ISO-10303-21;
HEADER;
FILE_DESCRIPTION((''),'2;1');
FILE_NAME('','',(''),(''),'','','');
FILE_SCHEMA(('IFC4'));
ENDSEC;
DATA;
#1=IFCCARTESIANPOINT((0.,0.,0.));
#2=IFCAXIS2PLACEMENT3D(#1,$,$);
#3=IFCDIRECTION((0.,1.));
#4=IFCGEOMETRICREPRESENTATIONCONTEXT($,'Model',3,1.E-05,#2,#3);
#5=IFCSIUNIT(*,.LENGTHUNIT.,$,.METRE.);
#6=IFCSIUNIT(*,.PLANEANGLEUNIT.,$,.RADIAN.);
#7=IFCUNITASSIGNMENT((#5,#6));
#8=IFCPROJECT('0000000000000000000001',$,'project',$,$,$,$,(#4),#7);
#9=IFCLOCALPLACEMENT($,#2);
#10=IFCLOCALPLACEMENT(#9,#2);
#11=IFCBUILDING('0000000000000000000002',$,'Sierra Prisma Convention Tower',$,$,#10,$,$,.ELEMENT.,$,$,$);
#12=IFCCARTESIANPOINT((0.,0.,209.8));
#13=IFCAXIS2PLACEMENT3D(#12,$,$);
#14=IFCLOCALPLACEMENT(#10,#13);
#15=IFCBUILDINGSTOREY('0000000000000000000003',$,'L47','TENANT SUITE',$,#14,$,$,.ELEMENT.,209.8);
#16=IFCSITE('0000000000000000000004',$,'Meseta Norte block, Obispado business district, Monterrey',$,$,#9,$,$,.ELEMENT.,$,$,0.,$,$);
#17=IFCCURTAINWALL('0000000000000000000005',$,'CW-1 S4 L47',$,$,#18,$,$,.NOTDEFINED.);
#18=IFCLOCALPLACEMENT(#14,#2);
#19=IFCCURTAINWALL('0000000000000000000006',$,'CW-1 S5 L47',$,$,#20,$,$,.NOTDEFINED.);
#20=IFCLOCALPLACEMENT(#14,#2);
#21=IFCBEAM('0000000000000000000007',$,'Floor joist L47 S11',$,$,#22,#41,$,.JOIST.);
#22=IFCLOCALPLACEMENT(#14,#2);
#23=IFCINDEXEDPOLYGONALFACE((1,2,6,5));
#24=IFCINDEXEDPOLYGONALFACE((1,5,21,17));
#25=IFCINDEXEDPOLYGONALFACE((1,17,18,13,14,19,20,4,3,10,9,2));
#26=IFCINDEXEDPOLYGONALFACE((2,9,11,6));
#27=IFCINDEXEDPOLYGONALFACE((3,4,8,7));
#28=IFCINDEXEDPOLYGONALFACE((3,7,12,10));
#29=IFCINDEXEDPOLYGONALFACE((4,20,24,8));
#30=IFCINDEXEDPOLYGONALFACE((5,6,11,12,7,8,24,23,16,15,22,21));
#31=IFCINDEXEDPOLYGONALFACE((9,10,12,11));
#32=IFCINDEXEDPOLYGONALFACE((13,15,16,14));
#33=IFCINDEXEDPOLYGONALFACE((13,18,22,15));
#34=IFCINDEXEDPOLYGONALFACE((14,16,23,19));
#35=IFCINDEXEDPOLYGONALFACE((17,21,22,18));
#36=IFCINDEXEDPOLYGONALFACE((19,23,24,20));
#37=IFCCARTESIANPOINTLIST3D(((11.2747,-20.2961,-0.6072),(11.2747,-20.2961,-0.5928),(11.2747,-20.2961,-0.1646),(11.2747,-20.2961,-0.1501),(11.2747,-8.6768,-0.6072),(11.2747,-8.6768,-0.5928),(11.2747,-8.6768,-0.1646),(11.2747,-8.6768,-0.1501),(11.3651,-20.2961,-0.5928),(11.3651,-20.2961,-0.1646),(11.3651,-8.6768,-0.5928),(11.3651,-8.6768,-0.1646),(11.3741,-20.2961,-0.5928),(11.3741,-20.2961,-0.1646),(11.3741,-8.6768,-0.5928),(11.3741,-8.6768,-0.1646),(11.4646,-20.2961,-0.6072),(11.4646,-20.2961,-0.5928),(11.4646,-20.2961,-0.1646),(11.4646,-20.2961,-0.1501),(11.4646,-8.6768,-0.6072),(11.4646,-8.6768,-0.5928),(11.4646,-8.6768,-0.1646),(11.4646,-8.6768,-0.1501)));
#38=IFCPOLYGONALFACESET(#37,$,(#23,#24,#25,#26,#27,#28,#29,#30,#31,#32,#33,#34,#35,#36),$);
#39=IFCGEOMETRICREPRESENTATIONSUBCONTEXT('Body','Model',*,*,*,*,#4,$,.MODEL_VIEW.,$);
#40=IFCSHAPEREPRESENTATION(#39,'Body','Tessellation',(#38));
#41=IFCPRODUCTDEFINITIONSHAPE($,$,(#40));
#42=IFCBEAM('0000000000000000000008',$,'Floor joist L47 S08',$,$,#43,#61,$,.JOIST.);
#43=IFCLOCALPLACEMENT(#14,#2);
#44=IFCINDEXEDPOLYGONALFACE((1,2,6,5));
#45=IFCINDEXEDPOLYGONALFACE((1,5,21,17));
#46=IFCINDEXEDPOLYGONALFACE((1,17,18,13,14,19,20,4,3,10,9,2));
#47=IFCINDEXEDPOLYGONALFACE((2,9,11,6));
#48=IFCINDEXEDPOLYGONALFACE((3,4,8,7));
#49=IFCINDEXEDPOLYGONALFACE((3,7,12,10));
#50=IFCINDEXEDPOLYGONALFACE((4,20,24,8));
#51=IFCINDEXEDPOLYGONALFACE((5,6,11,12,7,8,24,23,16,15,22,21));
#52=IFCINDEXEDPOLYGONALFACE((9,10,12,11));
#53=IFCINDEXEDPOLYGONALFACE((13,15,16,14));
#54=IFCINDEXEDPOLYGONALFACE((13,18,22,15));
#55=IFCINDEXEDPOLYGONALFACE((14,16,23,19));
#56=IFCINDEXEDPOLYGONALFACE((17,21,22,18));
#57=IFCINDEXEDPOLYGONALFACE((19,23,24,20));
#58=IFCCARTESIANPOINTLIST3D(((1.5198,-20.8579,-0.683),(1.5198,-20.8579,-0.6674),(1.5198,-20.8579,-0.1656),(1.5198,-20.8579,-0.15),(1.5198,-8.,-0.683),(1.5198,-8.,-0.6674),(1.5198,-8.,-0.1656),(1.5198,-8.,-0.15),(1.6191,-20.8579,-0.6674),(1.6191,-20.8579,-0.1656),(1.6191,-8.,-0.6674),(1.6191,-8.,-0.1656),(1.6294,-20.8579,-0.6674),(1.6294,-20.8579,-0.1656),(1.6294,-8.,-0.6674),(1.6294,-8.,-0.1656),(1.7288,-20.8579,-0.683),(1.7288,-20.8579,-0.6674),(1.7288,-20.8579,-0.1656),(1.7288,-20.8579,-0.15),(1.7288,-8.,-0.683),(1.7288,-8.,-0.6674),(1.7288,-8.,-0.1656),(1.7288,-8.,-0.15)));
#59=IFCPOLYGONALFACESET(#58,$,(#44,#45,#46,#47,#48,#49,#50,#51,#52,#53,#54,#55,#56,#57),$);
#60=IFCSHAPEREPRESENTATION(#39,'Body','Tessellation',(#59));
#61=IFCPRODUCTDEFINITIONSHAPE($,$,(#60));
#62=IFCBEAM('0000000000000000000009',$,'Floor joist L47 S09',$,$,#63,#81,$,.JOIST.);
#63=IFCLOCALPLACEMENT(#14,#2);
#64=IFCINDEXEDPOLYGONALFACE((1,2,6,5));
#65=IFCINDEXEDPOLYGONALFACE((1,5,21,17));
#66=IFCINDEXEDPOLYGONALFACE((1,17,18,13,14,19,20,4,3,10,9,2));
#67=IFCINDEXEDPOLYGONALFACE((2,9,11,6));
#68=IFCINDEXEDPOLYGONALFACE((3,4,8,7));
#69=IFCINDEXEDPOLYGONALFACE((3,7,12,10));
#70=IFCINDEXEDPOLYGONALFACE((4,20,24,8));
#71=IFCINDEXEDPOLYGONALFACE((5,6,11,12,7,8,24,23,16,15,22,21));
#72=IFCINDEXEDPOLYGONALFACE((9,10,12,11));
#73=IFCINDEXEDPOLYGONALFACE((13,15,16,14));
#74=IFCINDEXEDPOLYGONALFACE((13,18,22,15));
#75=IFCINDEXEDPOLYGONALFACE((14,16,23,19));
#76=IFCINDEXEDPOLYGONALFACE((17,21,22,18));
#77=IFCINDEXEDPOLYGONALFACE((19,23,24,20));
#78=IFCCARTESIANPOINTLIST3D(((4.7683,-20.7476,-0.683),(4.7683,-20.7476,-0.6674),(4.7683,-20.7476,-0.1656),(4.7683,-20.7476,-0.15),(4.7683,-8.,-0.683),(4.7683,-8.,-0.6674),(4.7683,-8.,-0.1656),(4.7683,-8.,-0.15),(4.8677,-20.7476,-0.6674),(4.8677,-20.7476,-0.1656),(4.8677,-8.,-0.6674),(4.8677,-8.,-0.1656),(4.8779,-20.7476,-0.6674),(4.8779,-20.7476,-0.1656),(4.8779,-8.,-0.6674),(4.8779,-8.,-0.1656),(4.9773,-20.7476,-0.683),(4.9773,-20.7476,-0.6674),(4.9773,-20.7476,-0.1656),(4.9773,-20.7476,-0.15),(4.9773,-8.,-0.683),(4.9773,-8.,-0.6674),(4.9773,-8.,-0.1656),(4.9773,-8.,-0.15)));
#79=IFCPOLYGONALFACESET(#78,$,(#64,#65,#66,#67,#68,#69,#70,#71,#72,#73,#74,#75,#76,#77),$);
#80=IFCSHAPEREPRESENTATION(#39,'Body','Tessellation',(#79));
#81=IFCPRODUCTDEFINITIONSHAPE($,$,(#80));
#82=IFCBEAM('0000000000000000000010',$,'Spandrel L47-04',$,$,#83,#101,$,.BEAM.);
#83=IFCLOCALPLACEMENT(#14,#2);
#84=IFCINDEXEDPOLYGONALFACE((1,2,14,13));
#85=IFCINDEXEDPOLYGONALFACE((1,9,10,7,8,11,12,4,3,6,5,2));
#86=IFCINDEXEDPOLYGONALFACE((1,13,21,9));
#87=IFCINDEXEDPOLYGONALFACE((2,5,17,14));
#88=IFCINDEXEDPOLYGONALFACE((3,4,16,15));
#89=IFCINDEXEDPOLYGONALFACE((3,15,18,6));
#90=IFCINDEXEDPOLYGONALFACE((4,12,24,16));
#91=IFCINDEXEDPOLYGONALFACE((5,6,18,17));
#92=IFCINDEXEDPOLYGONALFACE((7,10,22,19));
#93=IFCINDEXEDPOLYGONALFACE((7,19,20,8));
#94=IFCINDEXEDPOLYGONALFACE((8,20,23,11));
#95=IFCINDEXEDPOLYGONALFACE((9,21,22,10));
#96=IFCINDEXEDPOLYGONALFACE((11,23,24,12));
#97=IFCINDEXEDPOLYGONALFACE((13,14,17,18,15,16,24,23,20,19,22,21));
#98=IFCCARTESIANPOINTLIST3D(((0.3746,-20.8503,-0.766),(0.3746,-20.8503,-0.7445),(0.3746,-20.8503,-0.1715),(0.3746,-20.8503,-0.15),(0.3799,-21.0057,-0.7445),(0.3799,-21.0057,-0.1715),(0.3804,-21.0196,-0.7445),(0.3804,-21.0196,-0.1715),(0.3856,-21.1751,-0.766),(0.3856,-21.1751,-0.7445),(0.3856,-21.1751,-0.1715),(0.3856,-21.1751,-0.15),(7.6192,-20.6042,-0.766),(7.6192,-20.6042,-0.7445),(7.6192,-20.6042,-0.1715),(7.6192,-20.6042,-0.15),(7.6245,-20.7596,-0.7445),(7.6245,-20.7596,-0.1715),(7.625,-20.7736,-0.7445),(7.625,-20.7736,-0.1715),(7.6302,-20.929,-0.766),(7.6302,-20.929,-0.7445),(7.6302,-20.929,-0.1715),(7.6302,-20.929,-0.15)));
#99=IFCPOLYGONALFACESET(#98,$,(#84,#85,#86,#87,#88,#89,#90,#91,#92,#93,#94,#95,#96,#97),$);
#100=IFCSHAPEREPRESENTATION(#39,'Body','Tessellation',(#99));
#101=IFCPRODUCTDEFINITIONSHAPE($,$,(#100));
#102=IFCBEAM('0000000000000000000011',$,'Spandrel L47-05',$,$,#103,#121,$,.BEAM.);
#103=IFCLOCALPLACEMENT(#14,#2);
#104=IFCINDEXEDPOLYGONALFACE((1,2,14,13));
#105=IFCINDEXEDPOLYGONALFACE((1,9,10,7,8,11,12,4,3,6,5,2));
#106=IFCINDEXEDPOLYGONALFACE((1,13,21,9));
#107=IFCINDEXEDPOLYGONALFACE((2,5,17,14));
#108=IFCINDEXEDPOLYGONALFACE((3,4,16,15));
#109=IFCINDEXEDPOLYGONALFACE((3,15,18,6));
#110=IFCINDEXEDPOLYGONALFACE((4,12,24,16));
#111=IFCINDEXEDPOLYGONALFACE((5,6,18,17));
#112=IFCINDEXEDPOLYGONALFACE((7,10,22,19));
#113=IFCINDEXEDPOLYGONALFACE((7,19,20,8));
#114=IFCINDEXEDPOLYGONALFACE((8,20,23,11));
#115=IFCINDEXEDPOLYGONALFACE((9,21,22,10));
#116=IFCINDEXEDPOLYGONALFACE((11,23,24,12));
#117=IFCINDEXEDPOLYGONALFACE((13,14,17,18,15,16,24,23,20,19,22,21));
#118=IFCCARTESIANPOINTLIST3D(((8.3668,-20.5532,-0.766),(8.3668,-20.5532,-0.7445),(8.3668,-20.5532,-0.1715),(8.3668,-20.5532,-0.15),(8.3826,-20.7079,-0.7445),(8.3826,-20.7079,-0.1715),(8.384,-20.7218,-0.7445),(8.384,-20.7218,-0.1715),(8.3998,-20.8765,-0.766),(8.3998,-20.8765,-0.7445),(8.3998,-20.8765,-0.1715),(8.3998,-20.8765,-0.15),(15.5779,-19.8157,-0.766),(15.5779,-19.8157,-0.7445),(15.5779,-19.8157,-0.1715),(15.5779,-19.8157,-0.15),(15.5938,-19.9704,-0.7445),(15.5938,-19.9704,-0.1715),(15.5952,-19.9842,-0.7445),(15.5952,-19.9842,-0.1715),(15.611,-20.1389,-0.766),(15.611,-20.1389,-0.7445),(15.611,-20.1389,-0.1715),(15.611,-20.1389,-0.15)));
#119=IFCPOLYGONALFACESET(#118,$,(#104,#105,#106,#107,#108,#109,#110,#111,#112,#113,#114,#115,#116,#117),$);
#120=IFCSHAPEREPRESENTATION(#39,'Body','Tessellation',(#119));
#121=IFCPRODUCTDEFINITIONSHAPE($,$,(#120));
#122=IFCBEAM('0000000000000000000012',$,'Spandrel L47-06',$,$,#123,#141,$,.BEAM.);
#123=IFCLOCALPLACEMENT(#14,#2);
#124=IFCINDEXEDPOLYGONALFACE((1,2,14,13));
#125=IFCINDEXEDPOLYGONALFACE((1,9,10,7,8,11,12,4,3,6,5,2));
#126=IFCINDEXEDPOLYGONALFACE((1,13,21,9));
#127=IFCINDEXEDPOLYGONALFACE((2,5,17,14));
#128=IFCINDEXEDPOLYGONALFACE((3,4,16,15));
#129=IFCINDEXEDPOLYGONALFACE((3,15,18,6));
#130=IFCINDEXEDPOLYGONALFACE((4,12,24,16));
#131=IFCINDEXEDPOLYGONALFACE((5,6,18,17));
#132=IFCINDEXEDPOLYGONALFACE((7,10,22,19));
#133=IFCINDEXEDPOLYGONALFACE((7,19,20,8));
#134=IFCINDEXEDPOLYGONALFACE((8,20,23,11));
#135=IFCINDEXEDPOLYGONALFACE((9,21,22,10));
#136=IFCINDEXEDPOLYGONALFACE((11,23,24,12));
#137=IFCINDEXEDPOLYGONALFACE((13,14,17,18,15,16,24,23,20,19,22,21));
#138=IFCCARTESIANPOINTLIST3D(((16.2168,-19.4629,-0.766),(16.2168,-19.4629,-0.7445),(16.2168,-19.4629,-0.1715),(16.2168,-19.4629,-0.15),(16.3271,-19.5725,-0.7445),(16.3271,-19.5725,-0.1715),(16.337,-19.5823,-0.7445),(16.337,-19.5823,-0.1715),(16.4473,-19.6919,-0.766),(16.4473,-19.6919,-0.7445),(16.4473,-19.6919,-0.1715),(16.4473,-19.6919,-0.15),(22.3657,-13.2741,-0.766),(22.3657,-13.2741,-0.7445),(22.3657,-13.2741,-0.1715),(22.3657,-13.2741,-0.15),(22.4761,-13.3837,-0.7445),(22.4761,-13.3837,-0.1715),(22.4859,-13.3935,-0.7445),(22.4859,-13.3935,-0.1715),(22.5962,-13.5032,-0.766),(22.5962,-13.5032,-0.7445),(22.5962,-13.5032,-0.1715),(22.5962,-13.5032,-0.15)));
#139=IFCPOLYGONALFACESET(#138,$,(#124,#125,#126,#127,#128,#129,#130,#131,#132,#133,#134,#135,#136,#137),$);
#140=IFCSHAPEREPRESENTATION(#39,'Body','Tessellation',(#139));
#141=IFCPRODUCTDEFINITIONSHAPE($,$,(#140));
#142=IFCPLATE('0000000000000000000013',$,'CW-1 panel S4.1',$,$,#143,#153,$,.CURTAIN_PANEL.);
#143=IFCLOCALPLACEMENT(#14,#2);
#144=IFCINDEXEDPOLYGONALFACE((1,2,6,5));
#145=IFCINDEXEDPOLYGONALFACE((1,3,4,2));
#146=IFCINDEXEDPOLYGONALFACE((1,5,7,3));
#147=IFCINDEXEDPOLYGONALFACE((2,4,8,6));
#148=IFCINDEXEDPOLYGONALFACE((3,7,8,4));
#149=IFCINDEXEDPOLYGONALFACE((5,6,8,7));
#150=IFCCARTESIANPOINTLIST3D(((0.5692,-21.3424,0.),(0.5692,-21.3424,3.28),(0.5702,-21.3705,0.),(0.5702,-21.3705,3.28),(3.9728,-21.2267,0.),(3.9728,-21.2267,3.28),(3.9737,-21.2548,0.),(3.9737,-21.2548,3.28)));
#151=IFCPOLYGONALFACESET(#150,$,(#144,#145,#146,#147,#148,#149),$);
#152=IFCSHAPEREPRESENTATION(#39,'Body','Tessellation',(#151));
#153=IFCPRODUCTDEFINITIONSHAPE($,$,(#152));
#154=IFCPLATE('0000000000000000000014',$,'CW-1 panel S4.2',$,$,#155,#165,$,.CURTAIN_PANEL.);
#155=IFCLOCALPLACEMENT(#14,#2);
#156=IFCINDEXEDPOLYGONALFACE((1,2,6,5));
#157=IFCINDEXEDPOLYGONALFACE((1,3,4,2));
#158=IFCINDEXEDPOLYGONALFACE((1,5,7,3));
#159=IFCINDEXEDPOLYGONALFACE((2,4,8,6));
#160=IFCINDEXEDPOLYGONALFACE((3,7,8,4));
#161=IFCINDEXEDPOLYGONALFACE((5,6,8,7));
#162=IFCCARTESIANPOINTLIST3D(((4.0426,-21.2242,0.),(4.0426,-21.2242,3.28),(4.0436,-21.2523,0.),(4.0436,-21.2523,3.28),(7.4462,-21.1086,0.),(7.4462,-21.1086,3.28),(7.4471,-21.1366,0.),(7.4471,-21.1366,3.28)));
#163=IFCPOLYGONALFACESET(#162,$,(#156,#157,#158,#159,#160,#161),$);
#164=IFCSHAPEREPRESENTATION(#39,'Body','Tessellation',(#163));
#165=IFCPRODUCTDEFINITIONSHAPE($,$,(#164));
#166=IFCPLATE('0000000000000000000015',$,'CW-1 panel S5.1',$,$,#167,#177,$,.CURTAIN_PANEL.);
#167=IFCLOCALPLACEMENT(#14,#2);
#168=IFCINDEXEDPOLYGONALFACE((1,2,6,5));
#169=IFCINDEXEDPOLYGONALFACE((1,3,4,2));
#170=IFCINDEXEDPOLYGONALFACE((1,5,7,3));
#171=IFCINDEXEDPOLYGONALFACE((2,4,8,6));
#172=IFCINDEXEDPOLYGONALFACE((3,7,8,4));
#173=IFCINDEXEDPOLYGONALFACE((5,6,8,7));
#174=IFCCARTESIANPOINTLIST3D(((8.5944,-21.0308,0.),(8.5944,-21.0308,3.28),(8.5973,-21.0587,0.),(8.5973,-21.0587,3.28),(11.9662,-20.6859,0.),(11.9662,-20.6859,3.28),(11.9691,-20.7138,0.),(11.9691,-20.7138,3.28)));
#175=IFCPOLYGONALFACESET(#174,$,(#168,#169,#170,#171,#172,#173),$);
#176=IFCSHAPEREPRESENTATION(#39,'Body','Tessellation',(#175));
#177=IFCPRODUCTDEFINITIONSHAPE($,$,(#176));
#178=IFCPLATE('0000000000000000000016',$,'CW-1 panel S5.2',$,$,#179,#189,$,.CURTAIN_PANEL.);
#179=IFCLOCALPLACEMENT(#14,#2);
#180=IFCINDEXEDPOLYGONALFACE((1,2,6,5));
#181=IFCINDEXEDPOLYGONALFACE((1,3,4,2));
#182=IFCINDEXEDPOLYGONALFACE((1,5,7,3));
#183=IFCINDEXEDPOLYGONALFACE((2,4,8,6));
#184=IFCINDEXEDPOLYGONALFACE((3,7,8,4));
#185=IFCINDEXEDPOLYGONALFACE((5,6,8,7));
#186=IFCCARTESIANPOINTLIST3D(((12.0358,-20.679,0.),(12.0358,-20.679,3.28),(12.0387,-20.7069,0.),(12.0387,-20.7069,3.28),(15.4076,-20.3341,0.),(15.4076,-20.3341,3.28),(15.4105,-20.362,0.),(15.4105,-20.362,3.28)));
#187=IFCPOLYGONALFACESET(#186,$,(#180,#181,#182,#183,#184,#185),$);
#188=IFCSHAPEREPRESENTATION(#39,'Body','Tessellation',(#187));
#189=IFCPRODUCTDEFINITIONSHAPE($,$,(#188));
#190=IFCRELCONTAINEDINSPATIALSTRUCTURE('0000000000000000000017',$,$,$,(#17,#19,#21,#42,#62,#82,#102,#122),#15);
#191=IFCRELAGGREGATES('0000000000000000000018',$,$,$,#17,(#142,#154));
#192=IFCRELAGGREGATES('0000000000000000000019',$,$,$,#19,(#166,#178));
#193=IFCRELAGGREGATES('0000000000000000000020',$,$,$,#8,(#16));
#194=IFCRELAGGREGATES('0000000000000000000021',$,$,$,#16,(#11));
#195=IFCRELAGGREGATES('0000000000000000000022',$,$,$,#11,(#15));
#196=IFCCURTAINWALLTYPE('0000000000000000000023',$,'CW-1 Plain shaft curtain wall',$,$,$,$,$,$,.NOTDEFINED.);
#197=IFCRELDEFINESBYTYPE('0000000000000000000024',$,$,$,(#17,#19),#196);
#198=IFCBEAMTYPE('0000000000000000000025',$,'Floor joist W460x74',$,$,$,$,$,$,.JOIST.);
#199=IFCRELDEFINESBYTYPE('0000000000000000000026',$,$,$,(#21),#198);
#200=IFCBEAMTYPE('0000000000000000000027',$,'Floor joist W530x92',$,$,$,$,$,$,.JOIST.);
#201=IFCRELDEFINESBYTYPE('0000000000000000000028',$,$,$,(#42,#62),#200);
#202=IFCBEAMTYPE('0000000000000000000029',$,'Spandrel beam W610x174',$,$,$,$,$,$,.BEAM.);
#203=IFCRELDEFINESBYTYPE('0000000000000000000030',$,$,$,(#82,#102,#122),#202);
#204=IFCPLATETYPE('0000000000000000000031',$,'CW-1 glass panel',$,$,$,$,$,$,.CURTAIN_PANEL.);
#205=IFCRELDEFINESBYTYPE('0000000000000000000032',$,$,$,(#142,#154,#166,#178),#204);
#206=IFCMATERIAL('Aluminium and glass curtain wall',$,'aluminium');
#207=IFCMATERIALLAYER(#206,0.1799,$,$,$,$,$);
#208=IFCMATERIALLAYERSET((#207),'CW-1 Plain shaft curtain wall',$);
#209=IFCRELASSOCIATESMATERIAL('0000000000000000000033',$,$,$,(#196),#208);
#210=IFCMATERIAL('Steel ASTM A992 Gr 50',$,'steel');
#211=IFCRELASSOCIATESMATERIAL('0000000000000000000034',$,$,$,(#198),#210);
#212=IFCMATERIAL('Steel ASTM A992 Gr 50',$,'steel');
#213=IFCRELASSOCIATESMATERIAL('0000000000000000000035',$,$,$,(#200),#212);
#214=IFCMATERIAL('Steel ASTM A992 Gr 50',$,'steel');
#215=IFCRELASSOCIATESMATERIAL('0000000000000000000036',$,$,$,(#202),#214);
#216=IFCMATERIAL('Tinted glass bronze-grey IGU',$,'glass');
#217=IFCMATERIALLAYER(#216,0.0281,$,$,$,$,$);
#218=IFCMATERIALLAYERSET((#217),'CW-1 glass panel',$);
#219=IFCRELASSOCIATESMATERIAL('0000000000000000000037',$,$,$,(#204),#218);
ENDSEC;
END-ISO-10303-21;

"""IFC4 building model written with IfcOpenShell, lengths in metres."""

from ifc_helpers import new_model, si_unit, direction, frame, origin, origin_2d, place, context, subcontext, project, spatial, rectangle, i_section, extrude, material, layer, layer_set, material_profile, profile_set, type_object, element, aggregate, save


model = new_model("IFC4")

# Units and contexts
model_context = context("Model", 3, precision=1e-05, world=origin(), true_north=direction((0.0, 1.0)))
body_context = subcontext(model_context, "Body", "Model", "MODEL_VIEW")
ifc_project = project(units=[si_unit("LENGTHUNIT", "METRE"), si_unit("PLANEANGLEUNIT", "RADIAN")], contexts=[model_context])

# Site, building, storey
site_placement = place(None, origin())
site = spatial("IfcSite", under=ifc_project, at=site_placement, Name="Meseta Norte block, Obispado business district, Monterrey", CompositionType="ELEMENT", RefElevation=0.0)
building_placement = place(site_placement, origin())
building = spatial("IfcBuilding", under=site, at=building_placement, Name="Sierra Prisma Convention Tower", CompositionType="ELEMENT")
storey_placement = place(building_placement, frame((0.0, 0.0, 209.8)))
storey = spatial("IfcBuildingStorey", under=building, at=storey_placement, Name="L47", Description="TENANT SUITE", CompositionType="ELEMENT", Elevation=209.8)

# Curtain walls
ifc_material_1 = material(Name="Aluminium and glass curtain wall", Category="aluminium")
ifc_layer_1 = layer(ifc_material_1, 0.1799)
ifc_layer_set_1 = layer_set([ifc_layer_1], Name="CW-1 Plain shaft curtain wall")
curtain_wall_type = type_object("IfcCurtainWallType", Name="CW-1 Plain shaft curtain wall", PredefinedType="NOTDEFINED", material=ifc_layer_set_1)
curtain_wall_1_placement = place(storey_placement, origin())
curtain_wall_1 = element("IfcCurtainWall", 1, at=curtain_wall_1_placement, inside=storey, type_object=curtain_wall_type, Name="CW-1 S4 L47", PredefinedType="NOTDEFINED")
curtain_wall_2_placement = place(storey_placement, origin())
curtain_wall_2 = element("IfcCurtainWall", 2, at=curtain_wall_2_placement, inside=storey, type_object=curtain_wall_type, Name="CW-1 S5 L47", PredefinedType="NOTDEFINED")

# Beams
ifc_material_2 = material(Name="Steel ASTM A992 Gr 50", Category="steel")
ifc_material_profile_1 = material_profile(ifc_material_2, i_section(OverallWidth=0.1899, OverallDepth=0.457, WebThickness=0.009, FlangeThickness=0.0144, at=origin_2d()), Name="W460x74")
ifc_profile_set_1 = profile_set([ifc_material_profile_1], Name="Steel ASTM A992 Gr 50")
beam_type_1 = type_object("IfcBeamType", Name="Floor joist W460x74", PredefinedType="JOIST", material=ifc_profile_set_1)
beam_1_placement = place(storey_placement, frame((11.3696, -20.2961, -0.3787), z_axis=(0.0, 1.0, 0.0), x_axis=(-1.0, 0.0, 0.0)))
element("IfcBeam", 3, at=beam_1_placement, inside=storey, type_object=beam_type_1, Name="Floor joist L47 S11", PredefinedType="JOIST", context=body_context, shape_type="SweptSolid", body=[
    extrude(i_section(OverallWidth=0.1899, OverallDepth=0.457, WebThickness=0.009, FlangeThickness=0.0144, at=origin_2d()), origin(), (0.0, 0.0, 1.0), 11.6194),
])
ifc_material_3 = material(Name="Steel ASTM A992 Gr 50", Category="steel")
ifc_material_profile_2 = material_profile(ifc_material_3, i_section(OverallWidth=0.209, OverallDepth=0.533, WebThickness=0.0103, FlangeThickness=0.0156, at=origin_2d()), Name="W530x92")
ifc_profile_set_2 = profile_set([ifc_material_profile_2], Name="Steel ASTM A992 Gr 50")
beam_type_2 = type_object("IfcBeamType", Name="Floor joist W530x92", PredefinedType="JOIST", material=ifc_profile_set_2)
beam_2_placement = place(storey_placement, frame((1.6243, -20.8579, -0.4165), z_axis=(0.0, 1.0, 0.0), x_axis=(-1.0, 0.0, 0.0)))
element("IfcBeam", 4, at=beam_2_placement, inside=storey, type_object=beam_type_2, Name="Floor joist L47 S08", PredefinedType="JOIST", context=body_context, shape_type="SweptSolid", body=[
    extrude(i_section(OverallWidth=0.209, OverallDepth=0.533, WebThickness=0.0103, FlangeThickness=0.0156, at=origin_2d()), origin(), (0.0, 0.0, 1.0), 12.8579),
])
beam_3_placement = place(storey_placement, frame((4.8728, -20.7476, -0.4165), z_axis=(0.0, 1.0, 0.0), x_axis=(-1.0, 0.0, 0.0)))
element("IfcBeam", 5, at=beam_3_placement, inside=storey, type_object=beam_type_2, Name="Floor joist L47 S09", PredefinedType="JOIST", context=body_context, shape_type="SweptSolid", body=[
    extrude(i_section(OverallWidth=0.209, OverallDepth=0.533, WebThickness=0.0103, FlangeThickness=0.0156, at=origin_2d()), origin(), (0.0, 0.0, 1.0), 12.7476),
])
ifc_material_4 = material(Name="Steel ASTM A992 Gr 50", Category="steel")
ifc_material_profile_3 = material_profile(ifc_material_4, i_section(OverallWidth=0.325, OverallDepth=0.616, WebThickness=0.0139, FlangeThickness=0.0215, at=origin_2d()), Name="W610x174")
ifc_profile_set_3 = profile_set([ifc_material_profile_3], Name="Steel ASTM A992 Gr 50")
beam_type_3 = type_object("IfcBeamType", Name="Spandrel beam W610x174", PredefinedType="BEAM", material=ifc_profile_set_3)
for number, where, z_axis, x_axis, name in (
    (6, (0.3801, -21.0127, -0.458), (0.999424, 0.03395, 0.0), (-0.03395, 0.999424, 0.0), "Spandrel L47-04"),
    (7, (8.3833, -20.7148, -0.458), (0.99481, 0.101748, 0.0), (-0.101748, 0.99481, 0.0), "Spandrel L47-05"),
):
    element("IfcBeam", number, at=place(storey_placement, frame(where, z_axis=z_axis, x_axis=x_axis)), inside=storey, type_object=beam_type_3, Name=name, PredefinedType="BEAM", context=body_context, shape_type="SweptSolid", body=[
        extrude(i_section(OverallWidth=0.325, OverallDepth=0.616, WebThickness=0.0139, FlangeThickness=0.0215, at=origin_2d()), origin(), (0.0, 0.0, 1.0), 7.2488),
    ])
beam_4_placement = place(storey_placement, frame((16.332, -19.5774, -0.458), z_axis=(0.704822, 0.709384, 0.0), x_axis=(-0.709384, 0.704822, 0.0)))
element("IfcBeam", 8, at=beam_4_placement, inside=storey, type_object=beam_type_3, Name="Spandrel L47-06", PredefinedType="BEAM", context=body_context, shape_type="SweptSolid", body=[
    extrude(i_section(OverallWidth=0.325, OverallDepth=0.616, WebThickness=0.0139, FlangeThickness=0.0215, at=origin_2d()), origin(), (0.0, 0.0, 1.0), 8.7241),
])

# Plates
ifc_material_5 = material(Name="Tinted glass bronze-grey IGU", Category="glass")
ifc_layer_2 = layer(ifc_material_5, 0.0281)
ifc_layer_set_2 = layer_set([ifc_layer_2], Name="CW-1 glass panel")
plate_type = type_object("IfcPlateType", Name="CW-1 glass panel", PredefinedType="CURTAIN_PANEL", material=ifc_layer_set_2)
plate_1_placement = place(storey_placement, frame((2.2715, -21.2986, 0.0), z_axis=(0.0, 0.0, 1.0), x_axis=(0.999423, 0.033968, 0.0)))
plate_1 = element("IfcPlate", 9, at=plate_1_placement, type_object=plate_type, Name="CW-1 panel S4.1", PredefinedType="CURTAIN_PANEL", context=body_context, shape_type="SweptSolid", body=[
    extrude(rectangle(XDim=3.4055, YDim=0.0281, at=origin_2d()), origin(), (0.0, 0.0, 1.0), 3.28),
])
plate_2_placement = place(storey_placement, frame((5.7449, -21.1804, 0.0), z_axis=(0.0, 0.0, 1.0), x_axis=(0.999423, 0.033968, 0.0)))
plate_2 = element("IfcPlate", 10, at=plate_2_placement, type_object=plate_type, Name="CW-1 panel S4.2", PredefinedType="CURTAIN_PANEL", context=body_context, shape_type="SweptSolid", body=[
    extrude(rectangle(XDim=3.4055, YDim=0.0281, at=origin_2d()), origin(), (0.0, 0.0, 1.0), 3.28),
])
aggregate(curtain_wall_1, [plate_1, plate_2])
plate_3_placement = place(storey_placement, frame((10.2817, -20.8723, 0.0), z_axis=(0.0, 0.0, 1.0), x_axis=(0.99481, 0.101746, 0.0)))
plate_3 = element("IfcPlate", 11, at=plate_3_placement, type_object=plate_type, Name="CW-1 panel S5.1", PredefinedType="CURTAIN_PANEL", context=body_context, shape_type="SweptSolid", body=[
    extrude(rectangle(XDim=3.3894, YDim=0.0281, at=origin_2d()), origin(), (0.0, 0.0, 1.0), 3.28),
])
plate_4_placement = place(storey_placement, frame((13.7231, -20.5205, 0.0), z_axis=(0.0, 0.0, 1.0), x_axis=(0.99481, 0.101746, 0.0)))
plate_4 = element("IfcPlate", 12, at=plate_4_placement, type_object=plate_type, Name="CW-1 panel S5.2", PredefinedType="CURTAIN_PANEL", context=body_context, shape_type="SweptSolid", body=[
    extrude(rectangle(XDim=3.3894, YDim=0.0281, at=origin_2d()), origin(), (0.0, 0.0, 1.0), 3.28),
])
aggregate(curtain_wall_2, [plate_3, plate_4])

save(model, "model.ifc")
